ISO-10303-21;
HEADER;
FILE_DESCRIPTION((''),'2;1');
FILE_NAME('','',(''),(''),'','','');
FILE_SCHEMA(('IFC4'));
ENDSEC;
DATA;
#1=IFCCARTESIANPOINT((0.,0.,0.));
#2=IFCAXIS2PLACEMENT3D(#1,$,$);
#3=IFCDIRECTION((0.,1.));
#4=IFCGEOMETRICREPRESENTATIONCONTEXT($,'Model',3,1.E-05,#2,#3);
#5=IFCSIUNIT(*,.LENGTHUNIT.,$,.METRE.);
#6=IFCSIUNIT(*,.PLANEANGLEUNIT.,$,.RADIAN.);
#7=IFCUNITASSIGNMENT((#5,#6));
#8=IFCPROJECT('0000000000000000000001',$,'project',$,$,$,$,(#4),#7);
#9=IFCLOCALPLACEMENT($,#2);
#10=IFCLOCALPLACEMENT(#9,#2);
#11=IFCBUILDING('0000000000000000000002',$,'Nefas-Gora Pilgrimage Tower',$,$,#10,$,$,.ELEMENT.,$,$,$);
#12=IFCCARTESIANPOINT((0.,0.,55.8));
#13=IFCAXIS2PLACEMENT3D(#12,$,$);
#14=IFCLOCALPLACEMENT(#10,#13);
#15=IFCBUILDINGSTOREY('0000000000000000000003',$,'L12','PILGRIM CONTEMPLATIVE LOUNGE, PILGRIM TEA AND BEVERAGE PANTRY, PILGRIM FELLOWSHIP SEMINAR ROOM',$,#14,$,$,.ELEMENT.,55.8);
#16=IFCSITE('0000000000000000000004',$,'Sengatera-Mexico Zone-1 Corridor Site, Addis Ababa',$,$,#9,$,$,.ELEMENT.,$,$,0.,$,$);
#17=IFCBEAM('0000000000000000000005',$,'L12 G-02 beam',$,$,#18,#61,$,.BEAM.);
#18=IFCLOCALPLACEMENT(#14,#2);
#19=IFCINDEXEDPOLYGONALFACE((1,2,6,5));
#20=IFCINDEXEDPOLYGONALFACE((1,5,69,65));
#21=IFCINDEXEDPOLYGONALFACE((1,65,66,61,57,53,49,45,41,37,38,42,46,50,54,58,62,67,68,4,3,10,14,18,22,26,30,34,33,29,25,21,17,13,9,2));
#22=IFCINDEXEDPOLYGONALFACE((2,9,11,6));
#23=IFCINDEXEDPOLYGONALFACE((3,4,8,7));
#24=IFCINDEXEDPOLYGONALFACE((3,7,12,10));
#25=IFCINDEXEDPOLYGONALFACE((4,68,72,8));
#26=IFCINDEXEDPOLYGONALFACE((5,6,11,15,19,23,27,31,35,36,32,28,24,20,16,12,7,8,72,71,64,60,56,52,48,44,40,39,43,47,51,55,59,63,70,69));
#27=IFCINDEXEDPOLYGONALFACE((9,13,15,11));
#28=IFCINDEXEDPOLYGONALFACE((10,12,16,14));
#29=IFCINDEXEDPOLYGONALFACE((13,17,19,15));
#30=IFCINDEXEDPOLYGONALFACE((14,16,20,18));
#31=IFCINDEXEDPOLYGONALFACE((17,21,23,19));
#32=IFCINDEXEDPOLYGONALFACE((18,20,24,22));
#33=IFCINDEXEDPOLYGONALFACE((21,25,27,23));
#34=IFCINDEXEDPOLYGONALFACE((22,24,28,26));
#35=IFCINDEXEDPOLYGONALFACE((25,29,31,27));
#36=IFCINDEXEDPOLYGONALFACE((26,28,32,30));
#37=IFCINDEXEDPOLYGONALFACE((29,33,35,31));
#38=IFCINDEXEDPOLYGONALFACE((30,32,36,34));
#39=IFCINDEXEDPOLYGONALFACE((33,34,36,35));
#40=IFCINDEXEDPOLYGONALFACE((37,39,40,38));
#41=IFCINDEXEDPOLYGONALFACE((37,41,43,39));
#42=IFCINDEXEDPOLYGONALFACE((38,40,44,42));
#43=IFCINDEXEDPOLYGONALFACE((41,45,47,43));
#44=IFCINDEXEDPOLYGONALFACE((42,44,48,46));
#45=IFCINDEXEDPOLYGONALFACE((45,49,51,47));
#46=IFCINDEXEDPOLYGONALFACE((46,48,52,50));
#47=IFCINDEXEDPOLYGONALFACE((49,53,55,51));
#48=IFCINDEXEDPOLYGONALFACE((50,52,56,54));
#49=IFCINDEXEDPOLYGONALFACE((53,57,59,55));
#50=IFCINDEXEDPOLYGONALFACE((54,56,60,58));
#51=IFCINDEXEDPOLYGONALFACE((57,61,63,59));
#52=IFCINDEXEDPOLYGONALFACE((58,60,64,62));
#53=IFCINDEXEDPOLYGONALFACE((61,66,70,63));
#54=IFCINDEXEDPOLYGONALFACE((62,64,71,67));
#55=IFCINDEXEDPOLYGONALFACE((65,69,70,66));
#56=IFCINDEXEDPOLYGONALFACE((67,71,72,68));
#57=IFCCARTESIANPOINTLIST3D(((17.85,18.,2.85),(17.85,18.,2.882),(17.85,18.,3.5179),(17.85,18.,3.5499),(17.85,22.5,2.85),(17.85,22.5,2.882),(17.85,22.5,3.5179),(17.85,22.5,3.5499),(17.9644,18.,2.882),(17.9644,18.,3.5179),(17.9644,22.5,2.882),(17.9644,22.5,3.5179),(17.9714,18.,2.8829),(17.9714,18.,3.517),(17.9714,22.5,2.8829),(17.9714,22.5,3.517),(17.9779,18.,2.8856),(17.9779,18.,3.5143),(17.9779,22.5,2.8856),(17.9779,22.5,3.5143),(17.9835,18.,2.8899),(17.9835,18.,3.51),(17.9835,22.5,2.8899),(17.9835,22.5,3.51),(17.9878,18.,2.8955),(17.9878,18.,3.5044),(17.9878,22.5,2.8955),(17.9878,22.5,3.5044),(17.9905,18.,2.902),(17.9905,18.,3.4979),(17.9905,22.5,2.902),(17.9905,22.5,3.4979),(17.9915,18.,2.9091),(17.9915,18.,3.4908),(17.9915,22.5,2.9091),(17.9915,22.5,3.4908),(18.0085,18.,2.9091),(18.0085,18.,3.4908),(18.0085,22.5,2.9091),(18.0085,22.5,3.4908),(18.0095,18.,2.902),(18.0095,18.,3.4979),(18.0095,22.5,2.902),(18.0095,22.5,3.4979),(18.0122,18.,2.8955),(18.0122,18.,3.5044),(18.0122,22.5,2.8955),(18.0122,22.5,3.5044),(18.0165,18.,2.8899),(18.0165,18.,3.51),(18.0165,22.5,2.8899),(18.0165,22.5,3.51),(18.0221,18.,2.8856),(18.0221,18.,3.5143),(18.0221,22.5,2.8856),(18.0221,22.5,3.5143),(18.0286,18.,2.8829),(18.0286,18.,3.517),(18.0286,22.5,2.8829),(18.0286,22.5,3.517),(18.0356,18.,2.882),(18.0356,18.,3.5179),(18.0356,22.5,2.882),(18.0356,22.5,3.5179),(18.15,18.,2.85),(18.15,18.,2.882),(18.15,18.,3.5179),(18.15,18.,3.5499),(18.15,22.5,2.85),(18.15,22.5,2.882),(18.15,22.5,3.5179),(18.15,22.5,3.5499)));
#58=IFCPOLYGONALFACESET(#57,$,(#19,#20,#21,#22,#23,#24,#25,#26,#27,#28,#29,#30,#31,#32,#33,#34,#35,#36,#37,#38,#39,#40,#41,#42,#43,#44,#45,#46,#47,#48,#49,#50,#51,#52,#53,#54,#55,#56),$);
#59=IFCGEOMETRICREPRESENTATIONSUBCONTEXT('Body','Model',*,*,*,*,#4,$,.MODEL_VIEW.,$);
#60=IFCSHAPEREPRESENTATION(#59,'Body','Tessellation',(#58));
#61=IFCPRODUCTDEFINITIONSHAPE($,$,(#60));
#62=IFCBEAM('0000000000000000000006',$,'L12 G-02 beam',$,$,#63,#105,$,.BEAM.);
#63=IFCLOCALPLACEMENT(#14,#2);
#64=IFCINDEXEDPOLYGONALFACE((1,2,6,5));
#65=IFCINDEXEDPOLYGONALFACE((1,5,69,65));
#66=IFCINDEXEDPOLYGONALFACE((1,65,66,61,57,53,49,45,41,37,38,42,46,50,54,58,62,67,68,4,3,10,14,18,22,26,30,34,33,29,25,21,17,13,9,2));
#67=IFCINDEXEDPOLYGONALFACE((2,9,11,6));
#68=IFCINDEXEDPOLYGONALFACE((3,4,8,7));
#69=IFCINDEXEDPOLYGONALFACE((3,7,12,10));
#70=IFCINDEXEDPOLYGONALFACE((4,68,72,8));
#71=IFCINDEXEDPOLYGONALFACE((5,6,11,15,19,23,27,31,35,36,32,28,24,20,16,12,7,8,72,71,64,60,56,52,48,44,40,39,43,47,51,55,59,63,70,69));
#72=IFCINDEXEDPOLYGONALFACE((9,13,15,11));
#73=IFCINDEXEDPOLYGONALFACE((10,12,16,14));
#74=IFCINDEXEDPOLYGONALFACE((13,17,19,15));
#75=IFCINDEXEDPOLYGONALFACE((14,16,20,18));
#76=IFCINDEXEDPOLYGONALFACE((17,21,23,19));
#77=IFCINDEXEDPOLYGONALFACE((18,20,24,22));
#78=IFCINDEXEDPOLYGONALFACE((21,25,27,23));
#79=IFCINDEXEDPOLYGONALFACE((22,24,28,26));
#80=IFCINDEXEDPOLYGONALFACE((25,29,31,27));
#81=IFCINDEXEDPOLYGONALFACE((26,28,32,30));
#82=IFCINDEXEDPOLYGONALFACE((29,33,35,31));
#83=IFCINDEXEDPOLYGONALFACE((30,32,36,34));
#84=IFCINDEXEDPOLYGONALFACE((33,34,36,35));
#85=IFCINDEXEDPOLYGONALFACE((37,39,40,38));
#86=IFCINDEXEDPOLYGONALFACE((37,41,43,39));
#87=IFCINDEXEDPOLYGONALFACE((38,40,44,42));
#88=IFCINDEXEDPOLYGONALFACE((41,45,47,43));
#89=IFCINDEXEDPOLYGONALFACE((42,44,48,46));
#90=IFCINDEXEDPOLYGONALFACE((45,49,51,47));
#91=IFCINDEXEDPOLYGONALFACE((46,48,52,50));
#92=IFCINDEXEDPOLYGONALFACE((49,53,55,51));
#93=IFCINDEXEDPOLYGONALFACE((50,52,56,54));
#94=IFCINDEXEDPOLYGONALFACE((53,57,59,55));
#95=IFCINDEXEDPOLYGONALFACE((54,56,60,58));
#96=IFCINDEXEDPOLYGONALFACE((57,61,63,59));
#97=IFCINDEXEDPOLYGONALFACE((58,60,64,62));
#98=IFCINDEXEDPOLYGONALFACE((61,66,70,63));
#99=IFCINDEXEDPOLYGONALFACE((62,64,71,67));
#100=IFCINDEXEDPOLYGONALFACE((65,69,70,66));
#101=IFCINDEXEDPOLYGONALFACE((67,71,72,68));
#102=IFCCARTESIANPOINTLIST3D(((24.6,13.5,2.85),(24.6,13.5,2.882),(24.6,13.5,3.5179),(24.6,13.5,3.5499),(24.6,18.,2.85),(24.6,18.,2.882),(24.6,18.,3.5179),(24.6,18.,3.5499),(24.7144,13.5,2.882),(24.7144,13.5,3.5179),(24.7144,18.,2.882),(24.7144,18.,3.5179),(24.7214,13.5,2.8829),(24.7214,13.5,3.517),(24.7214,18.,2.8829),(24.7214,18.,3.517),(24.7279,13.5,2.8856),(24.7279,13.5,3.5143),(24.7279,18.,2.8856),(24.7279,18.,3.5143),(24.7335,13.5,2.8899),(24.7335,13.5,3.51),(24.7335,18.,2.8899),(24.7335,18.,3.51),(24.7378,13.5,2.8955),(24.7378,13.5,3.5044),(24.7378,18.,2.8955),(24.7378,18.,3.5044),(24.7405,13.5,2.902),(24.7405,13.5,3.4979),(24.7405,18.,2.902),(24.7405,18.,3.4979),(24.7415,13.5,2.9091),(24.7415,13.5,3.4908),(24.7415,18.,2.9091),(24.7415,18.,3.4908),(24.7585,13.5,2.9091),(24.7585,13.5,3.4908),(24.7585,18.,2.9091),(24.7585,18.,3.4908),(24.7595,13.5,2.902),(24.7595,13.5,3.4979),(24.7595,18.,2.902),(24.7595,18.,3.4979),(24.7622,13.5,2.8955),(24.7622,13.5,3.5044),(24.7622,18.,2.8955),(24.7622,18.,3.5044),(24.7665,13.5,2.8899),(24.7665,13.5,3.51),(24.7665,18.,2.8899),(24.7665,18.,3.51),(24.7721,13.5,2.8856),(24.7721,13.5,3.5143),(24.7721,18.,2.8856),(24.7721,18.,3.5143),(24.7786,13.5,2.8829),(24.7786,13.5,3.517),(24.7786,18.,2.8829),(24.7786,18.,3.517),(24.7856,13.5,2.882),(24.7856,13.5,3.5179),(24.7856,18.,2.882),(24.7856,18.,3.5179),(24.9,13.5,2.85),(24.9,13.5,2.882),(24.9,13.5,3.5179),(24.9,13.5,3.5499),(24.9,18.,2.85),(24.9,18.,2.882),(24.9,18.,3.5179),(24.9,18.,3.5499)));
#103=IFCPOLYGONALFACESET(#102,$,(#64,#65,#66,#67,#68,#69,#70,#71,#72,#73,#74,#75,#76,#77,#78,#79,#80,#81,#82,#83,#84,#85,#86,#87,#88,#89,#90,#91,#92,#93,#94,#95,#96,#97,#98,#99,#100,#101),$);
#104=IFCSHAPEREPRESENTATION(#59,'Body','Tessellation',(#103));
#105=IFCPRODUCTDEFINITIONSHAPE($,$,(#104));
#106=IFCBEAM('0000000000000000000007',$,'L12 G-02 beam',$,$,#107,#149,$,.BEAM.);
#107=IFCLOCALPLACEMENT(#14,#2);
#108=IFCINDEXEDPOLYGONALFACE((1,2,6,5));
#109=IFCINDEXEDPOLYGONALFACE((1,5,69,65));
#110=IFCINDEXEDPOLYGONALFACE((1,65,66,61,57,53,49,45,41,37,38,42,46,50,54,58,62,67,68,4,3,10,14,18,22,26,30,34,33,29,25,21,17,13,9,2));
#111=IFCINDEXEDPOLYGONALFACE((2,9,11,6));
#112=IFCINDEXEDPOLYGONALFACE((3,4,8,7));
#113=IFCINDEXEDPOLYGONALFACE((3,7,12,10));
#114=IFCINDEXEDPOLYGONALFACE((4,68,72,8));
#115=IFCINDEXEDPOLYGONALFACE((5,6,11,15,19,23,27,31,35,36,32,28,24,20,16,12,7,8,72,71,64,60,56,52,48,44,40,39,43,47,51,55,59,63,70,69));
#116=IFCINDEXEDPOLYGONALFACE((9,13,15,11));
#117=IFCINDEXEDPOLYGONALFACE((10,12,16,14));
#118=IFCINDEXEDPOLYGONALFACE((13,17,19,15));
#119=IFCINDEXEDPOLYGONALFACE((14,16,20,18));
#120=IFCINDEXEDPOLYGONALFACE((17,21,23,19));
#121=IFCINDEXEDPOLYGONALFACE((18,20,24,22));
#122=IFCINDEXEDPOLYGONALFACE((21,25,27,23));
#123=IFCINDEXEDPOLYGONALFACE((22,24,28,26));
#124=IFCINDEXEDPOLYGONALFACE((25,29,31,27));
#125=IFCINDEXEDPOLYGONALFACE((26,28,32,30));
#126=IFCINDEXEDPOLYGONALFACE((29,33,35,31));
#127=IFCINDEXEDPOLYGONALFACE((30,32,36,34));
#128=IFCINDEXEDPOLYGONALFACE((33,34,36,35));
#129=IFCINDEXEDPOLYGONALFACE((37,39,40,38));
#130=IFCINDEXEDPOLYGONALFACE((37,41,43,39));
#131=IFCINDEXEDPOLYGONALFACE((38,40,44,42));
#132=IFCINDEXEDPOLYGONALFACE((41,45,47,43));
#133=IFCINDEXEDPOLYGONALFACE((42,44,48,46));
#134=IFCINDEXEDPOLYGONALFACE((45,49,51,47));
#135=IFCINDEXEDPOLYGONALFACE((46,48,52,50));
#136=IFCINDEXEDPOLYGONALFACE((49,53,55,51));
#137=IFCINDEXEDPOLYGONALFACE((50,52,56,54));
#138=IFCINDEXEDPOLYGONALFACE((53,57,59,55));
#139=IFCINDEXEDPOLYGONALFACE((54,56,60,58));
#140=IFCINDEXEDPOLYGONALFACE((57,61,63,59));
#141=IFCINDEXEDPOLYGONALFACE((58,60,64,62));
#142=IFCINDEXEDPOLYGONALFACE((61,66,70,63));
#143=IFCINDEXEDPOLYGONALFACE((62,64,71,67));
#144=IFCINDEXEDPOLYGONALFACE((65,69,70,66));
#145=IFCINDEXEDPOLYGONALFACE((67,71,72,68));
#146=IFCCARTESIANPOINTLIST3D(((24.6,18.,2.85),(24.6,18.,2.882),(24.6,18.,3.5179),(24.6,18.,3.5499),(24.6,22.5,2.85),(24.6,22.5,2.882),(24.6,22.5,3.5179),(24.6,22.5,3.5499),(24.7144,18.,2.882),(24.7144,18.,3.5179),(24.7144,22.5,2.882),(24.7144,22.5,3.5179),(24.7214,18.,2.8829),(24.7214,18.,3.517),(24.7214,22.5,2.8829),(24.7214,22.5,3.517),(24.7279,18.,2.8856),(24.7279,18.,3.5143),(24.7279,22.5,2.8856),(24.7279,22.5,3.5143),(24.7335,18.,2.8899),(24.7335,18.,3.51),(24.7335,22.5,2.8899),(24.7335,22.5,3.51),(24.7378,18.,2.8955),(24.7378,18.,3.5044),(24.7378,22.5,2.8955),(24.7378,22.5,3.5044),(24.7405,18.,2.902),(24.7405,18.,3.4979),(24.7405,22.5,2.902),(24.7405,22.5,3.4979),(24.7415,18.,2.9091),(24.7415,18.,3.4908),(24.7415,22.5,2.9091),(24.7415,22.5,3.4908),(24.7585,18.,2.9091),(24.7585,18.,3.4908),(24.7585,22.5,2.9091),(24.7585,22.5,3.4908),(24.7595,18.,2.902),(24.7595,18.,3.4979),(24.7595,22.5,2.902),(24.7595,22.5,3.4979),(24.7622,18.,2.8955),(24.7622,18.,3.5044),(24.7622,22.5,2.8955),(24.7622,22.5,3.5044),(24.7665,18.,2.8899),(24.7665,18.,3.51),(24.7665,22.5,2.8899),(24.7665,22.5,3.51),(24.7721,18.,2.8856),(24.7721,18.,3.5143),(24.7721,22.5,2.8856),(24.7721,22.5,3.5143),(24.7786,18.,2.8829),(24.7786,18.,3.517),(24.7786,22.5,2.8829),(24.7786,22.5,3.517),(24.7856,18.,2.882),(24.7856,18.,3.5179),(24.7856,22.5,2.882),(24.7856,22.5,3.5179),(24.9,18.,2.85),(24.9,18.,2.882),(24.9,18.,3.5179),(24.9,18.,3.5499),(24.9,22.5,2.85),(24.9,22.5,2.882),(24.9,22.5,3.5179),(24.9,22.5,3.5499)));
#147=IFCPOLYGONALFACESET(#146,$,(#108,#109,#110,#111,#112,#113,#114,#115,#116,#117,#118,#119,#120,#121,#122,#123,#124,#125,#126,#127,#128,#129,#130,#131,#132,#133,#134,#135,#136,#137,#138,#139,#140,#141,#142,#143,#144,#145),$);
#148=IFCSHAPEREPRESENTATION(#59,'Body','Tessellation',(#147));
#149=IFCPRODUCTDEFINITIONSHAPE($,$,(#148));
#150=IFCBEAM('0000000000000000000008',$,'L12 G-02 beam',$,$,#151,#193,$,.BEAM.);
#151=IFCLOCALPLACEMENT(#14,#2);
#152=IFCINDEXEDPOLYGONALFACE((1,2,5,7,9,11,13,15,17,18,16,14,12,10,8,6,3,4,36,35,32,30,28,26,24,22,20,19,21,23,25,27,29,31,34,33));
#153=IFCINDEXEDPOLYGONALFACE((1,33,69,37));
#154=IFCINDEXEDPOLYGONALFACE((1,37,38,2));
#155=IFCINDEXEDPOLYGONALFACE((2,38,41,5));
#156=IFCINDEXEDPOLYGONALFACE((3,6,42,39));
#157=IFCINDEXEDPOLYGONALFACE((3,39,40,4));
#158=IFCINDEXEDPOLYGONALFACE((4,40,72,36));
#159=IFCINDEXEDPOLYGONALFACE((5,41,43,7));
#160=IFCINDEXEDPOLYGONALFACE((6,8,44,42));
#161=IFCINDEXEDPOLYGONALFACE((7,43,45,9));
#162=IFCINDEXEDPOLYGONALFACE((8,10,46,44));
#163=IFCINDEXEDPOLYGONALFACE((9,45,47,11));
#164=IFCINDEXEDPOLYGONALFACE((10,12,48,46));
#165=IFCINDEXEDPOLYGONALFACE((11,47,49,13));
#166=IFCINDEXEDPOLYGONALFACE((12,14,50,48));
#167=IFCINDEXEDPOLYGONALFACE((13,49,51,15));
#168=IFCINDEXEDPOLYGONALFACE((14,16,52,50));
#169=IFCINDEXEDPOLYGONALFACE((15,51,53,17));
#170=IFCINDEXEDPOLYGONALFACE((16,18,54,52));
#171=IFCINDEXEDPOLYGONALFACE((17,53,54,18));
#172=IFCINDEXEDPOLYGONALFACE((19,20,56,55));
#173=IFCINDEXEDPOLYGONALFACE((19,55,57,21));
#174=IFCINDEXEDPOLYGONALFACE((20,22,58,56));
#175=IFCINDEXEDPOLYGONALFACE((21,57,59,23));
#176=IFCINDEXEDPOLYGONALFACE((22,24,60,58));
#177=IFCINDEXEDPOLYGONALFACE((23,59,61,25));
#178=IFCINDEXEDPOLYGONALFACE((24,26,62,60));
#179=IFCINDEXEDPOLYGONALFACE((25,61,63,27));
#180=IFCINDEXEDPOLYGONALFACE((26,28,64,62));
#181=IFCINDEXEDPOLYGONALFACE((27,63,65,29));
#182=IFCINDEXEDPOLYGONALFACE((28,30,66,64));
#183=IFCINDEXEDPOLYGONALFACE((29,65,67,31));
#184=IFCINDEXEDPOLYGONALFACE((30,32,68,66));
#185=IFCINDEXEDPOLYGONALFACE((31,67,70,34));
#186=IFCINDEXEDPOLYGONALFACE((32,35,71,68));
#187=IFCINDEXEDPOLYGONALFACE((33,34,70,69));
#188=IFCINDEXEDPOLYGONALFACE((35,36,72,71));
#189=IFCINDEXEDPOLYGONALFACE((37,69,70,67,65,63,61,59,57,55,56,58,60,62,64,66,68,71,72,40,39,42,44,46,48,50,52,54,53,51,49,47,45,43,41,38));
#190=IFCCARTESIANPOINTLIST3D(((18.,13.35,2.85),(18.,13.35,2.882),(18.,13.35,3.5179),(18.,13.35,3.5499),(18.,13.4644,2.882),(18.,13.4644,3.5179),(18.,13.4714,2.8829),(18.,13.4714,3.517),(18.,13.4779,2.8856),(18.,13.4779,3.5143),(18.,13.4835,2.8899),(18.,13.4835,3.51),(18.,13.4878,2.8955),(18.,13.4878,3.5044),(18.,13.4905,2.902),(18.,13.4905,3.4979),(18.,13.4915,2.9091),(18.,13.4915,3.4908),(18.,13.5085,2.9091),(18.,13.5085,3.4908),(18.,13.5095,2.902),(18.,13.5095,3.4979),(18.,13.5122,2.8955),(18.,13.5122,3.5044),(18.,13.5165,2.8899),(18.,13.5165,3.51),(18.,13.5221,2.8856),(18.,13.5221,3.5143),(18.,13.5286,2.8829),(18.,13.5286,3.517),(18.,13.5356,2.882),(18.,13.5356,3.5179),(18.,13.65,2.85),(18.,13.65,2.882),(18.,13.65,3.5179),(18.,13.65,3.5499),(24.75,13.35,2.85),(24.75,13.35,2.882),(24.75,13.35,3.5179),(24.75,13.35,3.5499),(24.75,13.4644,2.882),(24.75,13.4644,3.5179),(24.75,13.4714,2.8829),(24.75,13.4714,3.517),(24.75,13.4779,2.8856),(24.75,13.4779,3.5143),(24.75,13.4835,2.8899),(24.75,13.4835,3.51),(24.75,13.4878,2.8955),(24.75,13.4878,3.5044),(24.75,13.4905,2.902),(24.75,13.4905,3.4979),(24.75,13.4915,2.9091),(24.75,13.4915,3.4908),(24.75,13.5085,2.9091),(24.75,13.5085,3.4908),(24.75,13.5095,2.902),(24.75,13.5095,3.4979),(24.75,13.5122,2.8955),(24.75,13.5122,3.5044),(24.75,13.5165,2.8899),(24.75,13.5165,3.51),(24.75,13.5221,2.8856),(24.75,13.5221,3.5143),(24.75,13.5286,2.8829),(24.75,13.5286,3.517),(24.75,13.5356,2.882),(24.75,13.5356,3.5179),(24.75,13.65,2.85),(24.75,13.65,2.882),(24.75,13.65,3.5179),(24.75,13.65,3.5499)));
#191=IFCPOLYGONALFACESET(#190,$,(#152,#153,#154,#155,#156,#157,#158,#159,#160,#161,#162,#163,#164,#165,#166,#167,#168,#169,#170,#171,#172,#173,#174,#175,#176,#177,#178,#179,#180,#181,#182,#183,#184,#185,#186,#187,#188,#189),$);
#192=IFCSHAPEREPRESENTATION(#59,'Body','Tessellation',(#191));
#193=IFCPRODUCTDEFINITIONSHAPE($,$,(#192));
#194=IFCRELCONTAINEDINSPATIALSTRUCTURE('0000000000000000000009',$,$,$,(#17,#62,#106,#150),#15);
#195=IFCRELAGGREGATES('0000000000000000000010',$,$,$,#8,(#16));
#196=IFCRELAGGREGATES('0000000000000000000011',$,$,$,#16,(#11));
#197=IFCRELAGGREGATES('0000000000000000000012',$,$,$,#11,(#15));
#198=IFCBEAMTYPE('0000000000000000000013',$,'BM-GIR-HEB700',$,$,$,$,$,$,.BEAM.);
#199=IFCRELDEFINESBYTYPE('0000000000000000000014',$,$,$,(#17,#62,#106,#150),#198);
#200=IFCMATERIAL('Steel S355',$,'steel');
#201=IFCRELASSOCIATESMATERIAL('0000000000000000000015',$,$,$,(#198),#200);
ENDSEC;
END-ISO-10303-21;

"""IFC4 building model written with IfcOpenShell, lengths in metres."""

from ifc_helpers import new_model, si_unit, direction, frame, origin, origin_2d, place, context, subcontext, project, spatial, i_section, extrude, source, transform, mapped, material, material_profile, profile_set, type_object, element, save


model = new_model("IFC4")

# Units and contexts
model_context = context("Model", 3, precision=1e-05, world=origin(), true_north=direction((0.0, 1.0)))
body_context = subcontext(model_context, "Body", "Model", "MODEL_VIEW")
ifc_project = project(units=[si_unit("LENGTHUNIT", "METRE"), si_unit("PLANEANGLEUNIT", "RADIAN")], contexts=[model_context])

# Site, building, storey
site_placement = place(None, origin())
site = spatial("IfcSite", under=ifc_project, at=site_placement, Name="Sengatera-Mexico Zone-1 Corridor Site, Addis Ababa", CompositionType="ELEMENT", RefElevation=0.0)
building_placement = place(site_placement, origin())
building = spatial("IfcBuilding", under=site, at=building_placement, Name="Nefas-Gora Pilgrimage Tower", CompositionType="ELEMENT")
storey_placement = place(building_placement, frame((0.0, 0.0, 55.8)))
storey = spatial("IfcBuildingStorey", under=building, at=storey_placement, Name="L12", Description="PILGRIM CONTEMPLATIVE LOUNGE, PILGRIM TEA AND BEVERAGE PANTRY, PILGRIM FELLOWSHIP SEMINAR ROOM", CompositionType="ELEMENT", Elevation=55.8)

# Beams
ifc_material_1 = material(Name="Steel S355", Category="steel")
ifc_material_profile_1 = material_profile(ifc_material_1, i_section(OverallWidth=0.3, OverallDepth=0.7, WebThickness=0.0171, FlangeThickness=0.032, FilletRadius=0.0271, at=origin_2d()), Name="HEB 700")
ifc_profile_set_1 = profile_set([ifc_material_profile_1], Name="Steel S355")
beam_type_1 = type_object("IfcBeamType", Name="BM-GIR-HEB700", PredefinedType="BEAM", material=ifc_profile_set_1)
shared_shape_1 = source(origin(), body_context, "Body", "SweptSolid", [
    extrude(i_section(OverallWidth=0.3, OverallDepth=0.7, WebThickness=0.0171, FlangeThickness=0.032, FilletRadius=0.0271, at=origin_2d()), origin(), (0.0, 0.0, 1.0), 4.5),
])
for number, where, z_axis, x_axis, name in (
    (1, (18.0, 18.0, 3.2), (0.0, 1.0, 0.0), (-1.0, 0.0, 0.0), "L12 G-02 beam"),
    (2, (24.75, 13.5, 3.2), (0.0, 1.0, 0.0), (-1.0, 0.0, 0.0), "L12 G-02 beam"),
    (3, (24.75, 18.0, 3.2), (0.0, 1.0, 0.0), (-1.0, 0.0, 0.0), "L12 G-02 beam"),
):
    element("IfcBeam", number, at=place(storey_placement, frame(where, z_axis=z_axis, x_axis=x_axis)), inside=storey, type_object=beam_type_1, Name=name, PredefinedType="BEAM", context=body_context, shape_type="MappedRepresentation", body=[
        mapped(shared_shape_1, transform((0.0, 0.0, 0.0), x_axis=(1.0, 0.0, 0.0), y_axis=(0.0, 1.0, 0.0), z_axis=(0.0, 0.0, 1.0), scale=1.0)),
    ])
shared_shape_2 = source(origin(), body_context, "Body", "SweptSolid", [
    extrude(i_section(OverallWidth=0.3, OverallDepth=0.7, WebThickness=0.0171, FlangeThickness=0.032, FilletRadius=0.0271, at=origin_2d()), origin(), (0.0, 0.0, 1.0), 6.75),
])
for number, where, z_axis, x_axis, name in (
    (4, (18.0, 13.5, 3.2), (1.0, 0.0, 0.0), (0.0, 1.0, 0.0), "L12 G-02 beam"),
):
    element("IfcBeam", number, at=place(storey_placement, frame(where, z_axis=z_axis, x_axis=x_axis)), inside=storey, type_object=beam_type_1, Name=name, PredefinedType="BEAM", context=body_context, shape_type="MappedRepresentation", body=[
        mapped(shared_shape_2, transform((0.0, 0.0, 0.0), x_axis=(1.0, 0.0, 0.0), y_axis=(0.0, 1.0, 0.0), z_axis=(0.0, 0.0, 1.0), scale=1.0)),
    ])

save(model, "model.ifc")
